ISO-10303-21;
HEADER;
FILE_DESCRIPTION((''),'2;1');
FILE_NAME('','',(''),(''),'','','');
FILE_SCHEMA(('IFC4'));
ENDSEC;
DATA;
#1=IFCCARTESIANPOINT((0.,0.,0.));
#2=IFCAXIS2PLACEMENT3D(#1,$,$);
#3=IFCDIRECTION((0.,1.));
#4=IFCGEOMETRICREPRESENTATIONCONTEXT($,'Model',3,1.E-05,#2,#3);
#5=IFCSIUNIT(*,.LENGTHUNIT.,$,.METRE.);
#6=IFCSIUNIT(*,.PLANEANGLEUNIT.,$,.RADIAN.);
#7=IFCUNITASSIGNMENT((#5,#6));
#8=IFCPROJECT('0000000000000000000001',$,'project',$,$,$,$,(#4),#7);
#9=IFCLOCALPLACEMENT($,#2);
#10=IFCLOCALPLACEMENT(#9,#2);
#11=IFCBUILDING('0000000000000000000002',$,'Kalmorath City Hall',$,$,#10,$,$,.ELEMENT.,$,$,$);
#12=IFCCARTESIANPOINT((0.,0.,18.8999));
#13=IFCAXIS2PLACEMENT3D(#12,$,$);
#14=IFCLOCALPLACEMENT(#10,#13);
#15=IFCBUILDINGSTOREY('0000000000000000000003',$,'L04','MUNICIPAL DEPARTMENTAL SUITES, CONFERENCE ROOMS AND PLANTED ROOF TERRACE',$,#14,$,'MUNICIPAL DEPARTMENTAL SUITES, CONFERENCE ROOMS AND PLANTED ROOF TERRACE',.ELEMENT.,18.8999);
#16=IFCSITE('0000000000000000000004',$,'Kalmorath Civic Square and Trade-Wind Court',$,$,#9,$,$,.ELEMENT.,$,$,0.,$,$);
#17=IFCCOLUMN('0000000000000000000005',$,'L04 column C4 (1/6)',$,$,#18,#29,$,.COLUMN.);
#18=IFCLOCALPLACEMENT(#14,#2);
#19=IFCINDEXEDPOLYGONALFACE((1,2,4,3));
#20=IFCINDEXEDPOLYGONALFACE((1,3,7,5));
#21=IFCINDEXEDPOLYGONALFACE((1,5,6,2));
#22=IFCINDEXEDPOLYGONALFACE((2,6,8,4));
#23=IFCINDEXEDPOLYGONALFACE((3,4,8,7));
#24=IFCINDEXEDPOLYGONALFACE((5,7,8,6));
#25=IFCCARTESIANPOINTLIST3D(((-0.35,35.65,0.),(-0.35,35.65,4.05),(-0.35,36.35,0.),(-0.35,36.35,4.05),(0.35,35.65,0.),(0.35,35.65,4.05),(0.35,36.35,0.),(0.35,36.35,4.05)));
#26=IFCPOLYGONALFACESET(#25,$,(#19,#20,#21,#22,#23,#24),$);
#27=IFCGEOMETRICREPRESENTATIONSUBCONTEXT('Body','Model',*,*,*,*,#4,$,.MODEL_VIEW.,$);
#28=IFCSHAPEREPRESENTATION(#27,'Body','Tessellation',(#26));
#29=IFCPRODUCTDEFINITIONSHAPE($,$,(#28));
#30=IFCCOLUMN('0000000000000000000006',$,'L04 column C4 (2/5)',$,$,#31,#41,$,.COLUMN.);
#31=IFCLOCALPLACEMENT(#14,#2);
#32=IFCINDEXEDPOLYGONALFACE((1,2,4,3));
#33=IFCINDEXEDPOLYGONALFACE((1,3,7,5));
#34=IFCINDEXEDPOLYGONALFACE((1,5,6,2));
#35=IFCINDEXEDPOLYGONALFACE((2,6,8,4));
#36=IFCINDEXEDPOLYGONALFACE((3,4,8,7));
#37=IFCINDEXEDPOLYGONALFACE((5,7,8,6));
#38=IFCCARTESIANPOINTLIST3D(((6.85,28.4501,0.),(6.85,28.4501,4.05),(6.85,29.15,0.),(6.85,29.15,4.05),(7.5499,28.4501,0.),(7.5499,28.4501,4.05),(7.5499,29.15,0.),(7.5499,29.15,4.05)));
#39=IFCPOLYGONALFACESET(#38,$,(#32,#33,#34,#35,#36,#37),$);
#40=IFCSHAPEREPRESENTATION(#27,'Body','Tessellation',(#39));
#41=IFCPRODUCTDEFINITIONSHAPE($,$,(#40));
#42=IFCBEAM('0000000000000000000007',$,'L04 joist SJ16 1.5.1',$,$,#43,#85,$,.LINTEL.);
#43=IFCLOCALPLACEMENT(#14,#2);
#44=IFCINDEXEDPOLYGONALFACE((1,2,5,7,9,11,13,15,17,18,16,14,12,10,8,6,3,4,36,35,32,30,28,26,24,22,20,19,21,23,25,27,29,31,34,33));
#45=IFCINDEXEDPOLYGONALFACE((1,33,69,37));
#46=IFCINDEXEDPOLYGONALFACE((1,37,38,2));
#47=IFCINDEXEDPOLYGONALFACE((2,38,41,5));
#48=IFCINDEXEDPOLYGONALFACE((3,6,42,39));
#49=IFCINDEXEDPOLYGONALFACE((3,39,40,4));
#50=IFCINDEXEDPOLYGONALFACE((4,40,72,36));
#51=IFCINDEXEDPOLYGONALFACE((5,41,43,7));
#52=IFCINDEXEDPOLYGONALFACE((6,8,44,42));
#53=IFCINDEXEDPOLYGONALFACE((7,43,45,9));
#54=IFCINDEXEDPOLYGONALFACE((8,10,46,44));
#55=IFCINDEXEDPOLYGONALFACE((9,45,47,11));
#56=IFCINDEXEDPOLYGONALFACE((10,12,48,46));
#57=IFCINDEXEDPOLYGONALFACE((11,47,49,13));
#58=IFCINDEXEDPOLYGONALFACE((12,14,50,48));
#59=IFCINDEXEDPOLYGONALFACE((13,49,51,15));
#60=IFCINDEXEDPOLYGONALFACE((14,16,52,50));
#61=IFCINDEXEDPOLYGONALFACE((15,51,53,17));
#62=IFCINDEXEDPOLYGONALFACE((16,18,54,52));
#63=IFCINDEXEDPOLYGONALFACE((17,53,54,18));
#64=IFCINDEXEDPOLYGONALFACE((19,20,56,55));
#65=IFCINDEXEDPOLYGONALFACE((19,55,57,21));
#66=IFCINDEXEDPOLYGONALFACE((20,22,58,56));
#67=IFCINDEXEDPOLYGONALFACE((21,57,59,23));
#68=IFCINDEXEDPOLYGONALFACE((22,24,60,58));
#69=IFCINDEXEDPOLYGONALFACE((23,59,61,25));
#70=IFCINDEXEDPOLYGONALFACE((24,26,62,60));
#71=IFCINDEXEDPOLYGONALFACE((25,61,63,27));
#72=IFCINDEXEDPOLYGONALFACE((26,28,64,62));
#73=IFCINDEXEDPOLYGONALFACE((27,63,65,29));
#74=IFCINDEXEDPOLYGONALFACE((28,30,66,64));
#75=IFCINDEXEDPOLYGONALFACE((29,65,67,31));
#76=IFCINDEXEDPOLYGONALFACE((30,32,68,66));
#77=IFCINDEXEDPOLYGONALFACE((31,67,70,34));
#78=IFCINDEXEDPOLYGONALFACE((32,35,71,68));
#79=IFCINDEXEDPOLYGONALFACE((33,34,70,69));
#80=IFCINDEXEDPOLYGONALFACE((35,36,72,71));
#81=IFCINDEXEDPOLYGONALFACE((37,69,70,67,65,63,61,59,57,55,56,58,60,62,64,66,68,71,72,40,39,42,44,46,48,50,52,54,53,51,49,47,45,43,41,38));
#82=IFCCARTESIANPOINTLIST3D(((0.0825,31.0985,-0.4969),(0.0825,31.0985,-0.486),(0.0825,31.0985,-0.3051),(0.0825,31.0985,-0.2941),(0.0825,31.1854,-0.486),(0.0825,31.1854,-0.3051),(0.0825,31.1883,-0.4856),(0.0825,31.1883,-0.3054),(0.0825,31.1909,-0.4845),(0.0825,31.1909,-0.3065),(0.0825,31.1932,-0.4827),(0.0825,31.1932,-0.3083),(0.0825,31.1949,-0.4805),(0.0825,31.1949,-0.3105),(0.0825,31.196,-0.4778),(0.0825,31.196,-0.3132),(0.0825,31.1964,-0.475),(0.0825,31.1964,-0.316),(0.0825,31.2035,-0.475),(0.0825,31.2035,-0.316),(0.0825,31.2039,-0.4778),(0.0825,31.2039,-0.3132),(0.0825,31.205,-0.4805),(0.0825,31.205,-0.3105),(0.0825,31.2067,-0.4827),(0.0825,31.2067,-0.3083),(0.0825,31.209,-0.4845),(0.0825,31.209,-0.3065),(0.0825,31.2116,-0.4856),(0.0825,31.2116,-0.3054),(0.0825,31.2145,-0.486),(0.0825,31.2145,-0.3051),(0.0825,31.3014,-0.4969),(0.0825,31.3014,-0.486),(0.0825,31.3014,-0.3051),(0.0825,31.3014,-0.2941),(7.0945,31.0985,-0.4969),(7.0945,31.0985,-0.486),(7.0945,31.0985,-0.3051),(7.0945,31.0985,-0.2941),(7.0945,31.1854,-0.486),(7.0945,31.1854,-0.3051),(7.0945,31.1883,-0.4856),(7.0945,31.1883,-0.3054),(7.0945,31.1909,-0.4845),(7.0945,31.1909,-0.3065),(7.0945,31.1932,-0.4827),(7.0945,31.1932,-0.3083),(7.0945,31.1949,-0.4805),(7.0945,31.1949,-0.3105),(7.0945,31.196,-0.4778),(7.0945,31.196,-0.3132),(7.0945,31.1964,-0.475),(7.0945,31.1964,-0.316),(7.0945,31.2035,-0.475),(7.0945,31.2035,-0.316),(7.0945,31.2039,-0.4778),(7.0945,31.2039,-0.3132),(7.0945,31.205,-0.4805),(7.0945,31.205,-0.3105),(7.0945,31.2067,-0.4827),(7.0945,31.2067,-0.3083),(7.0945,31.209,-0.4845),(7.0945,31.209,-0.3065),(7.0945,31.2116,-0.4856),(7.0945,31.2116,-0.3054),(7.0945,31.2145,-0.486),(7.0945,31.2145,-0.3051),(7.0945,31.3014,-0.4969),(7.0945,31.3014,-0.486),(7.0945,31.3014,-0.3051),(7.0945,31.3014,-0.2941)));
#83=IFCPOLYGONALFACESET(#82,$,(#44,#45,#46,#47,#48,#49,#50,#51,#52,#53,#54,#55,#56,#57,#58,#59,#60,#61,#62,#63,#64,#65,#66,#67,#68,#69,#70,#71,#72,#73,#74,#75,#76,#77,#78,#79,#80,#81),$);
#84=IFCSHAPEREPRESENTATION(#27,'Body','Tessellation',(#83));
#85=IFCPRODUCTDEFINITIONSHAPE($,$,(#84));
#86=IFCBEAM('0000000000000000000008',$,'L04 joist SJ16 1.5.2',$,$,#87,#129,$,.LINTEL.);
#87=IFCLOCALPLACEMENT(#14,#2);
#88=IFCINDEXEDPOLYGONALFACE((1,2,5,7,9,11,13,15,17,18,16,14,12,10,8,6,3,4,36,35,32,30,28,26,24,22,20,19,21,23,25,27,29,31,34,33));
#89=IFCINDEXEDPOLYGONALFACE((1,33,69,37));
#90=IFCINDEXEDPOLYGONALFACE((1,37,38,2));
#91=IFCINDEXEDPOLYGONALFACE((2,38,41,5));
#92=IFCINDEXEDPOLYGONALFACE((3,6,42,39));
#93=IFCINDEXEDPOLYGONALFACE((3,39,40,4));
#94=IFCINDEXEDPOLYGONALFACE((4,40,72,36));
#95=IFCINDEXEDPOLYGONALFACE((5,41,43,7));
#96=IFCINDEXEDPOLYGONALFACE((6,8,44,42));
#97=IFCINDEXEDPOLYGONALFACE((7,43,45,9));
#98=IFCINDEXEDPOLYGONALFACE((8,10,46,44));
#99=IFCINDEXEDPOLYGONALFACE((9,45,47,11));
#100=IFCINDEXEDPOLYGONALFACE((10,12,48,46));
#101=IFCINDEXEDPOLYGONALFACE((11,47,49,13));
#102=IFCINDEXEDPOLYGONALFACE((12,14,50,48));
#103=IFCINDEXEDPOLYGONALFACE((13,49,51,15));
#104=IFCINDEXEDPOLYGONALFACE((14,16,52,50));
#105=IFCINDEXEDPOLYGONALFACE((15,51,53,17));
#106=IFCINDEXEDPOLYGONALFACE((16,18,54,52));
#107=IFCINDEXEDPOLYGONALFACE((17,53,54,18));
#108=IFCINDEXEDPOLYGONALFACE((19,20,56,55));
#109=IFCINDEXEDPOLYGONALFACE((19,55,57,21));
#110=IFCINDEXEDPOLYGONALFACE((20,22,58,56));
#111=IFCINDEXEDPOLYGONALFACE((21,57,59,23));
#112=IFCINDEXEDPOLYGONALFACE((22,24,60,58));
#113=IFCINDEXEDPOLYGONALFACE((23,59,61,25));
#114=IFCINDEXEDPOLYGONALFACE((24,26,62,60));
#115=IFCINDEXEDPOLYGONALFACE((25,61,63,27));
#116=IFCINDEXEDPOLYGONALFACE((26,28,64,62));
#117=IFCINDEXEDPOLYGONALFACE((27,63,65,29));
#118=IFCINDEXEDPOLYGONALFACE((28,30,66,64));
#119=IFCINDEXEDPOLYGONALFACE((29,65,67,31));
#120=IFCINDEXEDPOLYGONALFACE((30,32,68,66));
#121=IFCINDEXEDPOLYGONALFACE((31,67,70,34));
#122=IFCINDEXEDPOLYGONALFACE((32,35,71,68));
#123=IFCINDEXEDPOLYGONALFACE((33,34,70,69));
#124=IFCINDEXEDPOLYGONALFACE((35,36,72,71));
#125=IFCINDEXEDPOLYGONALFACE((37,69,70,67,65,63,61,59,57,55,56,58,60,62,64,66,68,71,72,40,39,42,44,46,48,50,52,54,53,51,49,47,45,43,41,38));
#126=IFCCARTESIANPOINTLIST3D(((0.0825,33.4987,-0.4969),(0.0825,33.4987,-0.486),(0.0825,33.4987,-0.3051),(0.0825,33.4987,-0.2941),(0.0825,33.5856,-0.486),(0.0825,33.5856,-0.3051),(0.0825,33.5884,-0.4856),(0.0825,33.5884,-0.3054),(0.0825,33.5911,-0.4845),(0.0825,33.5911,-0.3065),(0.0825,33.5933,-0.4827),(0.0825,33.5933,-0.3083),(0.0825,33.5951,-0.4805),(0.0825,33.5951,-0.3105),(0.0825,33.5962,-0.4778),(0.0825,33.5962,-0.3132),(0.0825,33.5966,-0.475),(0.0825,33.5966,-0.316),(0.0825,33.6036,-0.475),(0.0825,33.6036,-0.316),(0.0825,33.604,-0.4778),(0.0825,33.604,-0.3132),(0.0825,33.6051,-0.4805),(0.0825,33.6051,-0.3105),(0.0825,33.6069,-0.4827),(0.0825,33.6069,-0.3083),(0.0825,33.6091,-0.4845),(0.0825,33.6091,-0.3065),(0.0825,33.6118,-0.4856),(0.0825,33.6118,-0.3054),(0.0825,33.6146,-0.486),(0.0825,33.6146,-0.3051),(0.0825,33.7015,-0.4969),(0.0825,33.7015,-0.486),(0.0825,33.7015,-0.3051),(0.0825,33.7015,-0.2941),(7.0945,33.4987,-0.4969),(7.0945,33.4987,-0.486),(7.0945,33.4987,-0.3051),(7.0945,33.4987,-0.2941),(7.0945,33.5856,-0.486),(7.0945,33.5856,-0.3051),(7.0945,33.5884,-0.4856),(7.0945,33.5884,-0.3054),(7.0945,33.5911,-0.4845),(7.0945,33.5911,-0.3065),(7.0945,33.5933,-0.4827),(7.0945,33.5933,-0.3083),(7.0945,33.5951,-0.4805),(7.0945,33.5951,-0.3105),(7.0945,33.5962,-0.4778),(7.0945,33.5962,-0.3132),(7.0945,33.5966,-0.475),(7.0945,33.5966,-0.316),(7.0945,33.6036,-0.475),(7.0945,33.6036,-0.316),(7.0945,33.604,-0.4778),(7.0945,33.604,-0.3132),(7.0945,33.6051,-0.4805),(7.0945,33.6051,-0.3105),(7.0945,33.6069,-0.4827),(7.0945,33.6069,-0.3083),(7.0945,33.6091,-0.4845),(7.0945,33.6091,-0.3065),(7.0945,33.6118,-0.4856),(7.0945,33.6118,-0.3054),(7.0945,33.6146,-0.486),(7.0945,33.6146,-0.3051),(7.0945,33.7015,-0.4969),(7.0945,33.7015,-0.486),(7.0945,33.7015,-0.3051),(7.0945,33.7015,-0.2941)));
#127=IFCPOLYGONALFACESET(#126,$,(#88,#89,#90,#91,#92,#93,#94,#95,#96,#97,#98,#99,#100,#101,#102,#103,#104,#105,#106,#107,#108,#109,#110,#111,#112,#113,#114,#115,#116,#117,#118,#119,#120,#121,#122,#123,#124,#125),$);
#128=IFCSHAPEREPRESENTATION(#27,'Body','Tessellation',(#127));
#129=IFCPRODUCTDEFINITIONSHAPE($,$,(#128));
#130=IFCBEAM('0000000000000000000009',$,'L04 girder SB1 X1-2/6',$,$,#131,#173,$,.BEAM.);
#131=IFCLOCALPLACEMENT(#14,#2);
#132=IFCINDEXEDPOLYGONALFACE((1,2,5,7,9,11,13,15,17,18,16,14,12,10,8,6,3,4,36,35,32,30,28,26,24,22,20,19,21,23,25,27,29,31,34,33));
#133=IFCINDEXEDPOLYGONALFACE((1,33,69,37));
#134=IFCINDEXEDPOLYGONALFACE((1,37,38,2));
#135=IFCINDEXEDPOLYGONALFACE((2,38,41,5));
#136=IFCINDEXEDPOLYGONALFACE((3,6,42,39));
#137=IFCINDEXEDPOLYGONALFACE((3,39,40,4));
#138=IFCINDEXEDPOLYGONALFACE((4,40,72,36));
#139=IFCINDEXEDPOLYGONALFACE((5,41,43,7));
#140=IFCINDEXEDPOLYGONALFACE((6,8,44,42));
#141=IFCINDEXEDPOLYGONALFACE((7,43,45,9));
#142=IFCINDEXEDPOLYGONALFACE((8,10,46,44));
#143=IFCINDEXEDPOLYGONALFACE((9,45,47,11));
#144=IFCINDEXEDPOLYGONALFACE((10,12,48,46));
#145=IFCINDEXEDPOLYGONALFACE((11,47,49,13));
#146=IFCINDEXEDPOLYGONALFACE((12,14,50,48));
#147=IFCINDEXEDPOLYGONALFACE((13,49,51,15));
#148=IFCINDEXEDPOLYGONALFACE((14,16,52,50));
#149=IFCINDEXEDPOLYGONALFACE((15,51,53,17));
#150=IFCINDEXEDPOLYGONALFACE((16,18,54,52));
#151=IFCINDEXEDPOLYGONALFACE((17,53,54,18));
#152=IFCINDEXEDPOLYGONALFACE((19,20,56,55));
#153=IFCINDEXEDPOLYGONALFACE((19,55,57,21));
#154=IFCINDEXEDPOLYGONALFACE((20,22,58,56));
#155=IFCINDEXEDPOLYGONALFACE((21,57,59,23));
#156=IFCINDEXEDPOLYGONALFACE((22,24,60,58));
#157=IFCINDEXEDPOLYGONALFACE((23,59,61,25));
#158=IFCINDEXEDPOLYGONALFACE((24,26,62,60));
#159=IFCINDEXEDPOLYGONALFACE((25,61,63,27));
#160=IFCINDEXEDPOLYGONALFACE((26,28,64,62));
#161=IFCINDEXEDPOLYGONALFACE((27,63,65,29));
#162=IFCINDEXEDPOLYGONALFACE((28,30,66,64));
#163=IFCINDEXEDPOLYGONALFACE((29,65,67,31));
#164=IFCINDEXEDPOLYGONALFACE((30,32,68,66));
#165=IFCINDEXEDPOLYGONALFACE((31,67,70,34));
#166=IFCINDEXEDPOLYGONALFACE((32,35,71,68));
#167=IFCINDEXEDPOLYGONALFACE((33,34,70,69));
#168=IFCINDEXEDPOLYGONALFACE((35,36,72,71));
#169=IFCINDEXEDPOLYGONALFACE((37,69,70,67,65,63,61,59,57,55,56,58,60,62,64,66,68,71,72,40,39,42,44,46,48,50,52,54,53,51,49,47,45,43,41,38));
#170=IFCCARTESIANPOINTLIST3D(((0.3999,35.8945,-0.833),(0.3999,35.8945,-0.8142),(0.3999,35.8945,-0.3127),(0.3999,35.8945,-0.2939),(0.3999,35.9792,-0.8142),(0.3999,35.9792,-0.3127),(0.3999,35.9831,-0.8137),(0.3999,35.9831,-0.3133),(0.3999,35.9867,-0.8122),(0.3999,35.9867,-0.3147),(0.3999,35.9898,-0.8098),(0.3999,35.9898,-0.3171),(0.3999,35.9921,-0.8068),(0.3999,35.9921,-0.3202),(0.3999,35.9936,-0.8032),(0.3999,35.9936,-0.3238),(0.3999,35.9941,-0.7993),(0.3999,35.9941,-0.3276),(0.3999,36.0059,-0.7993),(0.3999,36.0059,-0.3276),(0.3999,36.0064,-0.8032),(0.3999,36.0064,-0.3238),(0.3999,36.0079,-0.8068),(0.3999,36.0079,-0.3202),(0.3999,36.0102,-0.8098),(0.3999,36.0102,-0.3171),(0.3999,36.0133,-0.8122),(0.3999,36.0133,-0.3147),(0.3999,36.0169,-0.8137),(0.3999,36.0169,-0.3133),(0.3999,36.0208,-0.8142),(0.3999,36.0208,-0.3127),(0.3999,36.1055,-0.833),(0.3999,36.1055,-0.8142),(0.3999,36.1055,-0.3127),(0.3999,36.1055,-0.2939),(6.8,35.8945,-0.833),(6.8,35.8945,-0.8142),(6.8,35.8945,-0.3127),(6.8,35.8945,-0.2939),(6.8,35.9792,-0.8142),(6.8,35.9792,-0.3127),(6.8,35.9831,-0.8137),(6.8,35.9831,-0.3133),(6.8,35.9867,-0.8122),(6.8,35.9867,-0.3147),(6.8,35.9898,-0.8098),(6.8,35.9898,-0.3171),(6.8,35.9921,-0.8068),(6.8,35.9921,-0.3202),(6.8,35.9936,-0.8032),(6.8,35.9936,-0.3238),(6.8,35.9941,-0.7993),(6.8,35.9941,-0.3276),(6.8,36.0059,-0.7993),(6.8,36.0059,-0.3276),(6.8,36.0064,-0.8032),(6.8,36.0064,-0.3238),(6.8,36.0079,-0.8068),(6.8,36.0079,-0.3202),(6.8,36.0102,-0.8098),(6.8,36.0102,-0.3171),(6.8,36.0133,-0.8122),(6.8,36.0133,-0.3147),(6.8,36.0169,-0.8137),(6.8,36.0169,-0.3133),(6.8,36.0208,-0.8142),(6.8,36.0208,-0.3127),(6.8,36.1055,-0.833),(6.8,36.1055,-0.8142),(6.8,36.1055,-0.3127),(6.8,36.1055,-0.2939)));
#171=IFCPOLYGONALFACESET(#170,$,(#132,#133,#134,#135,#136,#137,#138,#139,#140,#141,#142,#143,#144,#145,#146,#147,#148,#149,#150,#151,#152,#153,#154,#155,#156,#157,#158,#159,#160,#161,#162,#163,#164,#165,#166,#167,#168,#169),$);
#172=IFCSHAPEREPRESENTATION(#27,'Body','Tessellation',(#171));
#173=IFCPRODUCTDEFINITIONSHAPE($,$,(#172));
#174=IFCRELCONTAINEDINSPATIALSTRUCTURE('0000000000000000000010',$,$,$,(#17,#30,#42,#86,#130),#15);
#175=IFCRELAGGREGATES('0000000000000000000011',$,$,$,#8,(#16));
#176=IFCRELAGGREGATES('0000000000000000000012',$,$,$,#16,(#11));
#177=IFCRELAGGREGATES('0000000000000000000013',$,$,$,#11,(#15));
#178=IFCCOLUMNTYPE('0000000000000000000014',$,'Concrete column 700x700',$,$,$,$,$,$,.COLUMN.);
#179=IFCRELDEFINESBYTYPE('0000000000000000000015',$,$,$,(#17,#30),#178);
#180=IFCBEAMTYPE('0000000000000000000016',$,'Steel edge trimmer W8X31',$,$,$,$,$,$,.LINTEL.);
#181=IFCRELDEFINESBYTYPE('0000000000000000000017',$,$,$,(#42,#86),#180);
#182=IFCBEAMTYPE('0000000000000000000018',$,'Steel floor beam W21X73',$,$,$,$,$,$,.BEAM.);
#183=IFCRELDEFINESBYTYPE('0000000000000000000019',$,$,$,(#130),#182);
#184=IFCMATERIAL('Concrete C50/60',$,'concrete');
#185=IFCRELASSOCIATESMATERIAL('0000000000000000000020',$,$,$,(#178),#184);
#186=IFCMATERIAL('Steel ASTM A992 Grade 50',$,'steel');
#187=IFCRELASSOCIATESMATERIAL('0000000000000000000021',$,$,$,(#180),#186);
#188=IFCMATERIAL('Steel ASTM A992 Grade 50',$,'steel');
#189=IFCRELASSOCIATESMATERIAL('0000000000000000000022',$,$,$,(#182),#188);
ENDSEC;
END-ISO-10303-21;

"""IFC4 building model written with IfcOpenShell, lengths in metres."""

from ifc_helpers import new_model, si_unit, direction, frame, origin, origin_2d, place, context, subcontext, project, spatial, rectangle, i_section, extrude, material, material_profile, profile_set, type_object, element, save


model = new_model("IFC4")

# Units and contexts
model_context = context("Model", 3, precision=1e-05, world=origin(), true_north=direction((0.0, 1.0)))
body_context = subcontext(model_context, "Body", "Model", "MODEL_VIEW")
ifc_project = project(units=[si_unit("LENGTHUNIT", "METRE"), si_unit("PLANEANGLEUNIT", "RADIAN")], contexts=[model_context])

# Site, building, storey
site_placement = place(None, origin())
site = spatial("IfcSite", under=ifc_project, at=site_placement, Name="Kalmorath Civic Square and Trade-Wind Court", CompositionType="ELEMENT", RefElevation=0.0)
building_placement = place(site_placement, origin())
building = spatial("IfcBuilding", under=site, at=building_placement, Name="Kalmorath City Hall", CompositionType="ELEMENT")
storey_placement = place(building_placement, frame((0.0, 0.0, 18.8999)))
storey = spatial("IfcBuildingStorey", under=building, at=storey_placement, Name="L04", Description="MUNICIPAL DEPARTMENTAL SUITES, CONFERENCE ROOMS AND PLANTED ROOF TERRACE", LongName="MUNICIPAL DEPARTMENTAL SUITES, CONFERENCE ROOMS AND PLANTED ROOF TERRACE", CompositionType="ELEMENT", Elevation=18.8999)

# Columns
ifc_material_1 = material(Name="Concrete C50/60", Category="concrete")
ifc_material_profile_1 = material_profile(ifc_material_1, rectangle(XDim=0.7, YDim=0.7, at=origin_2d()), Name="RC-COL-700X700")
ifc_profile_set_1 = profile_set([ifc_material_profile_1], Name="Concrete C50/60")
column_type = type_object("IfcColumnType", Name="Concrete column 700x700", PredefinedType="COLUMN", material=ifc_profile_set_1)
for number, where, z_axis, x_axis, name in (
    (1, (0.0, 36.0, 0.0), (0.0, 0.0, 1.0), (1.0, 0.0, 0.0), "L04 column C4 (1/6)"),
    (2, (7.2, 28.8, 0.0), (0.0, 0.0, 1.0), (1.0, 0.0, 0.0), "L04 column C4 (2/5)"),
):
    element("IfcColumn", number, at=place(storey_placement, frame(where, z_axis=z_axis, x_axis=x_axis)), inside=storey, type_object=column_type, Name=name, PredefinedType="COLUMN", context=body_context, shape_type="SweptSolid", body=[
        extrude(rectangle(XDim=0.7, YDim=0.7, at=origin_2d()), origin(), (0.0, 0.0, 1.0), 4.05),
    ])

# Beams
ifc_material_2 = material(Name="Steel ASTM A992 Grade 50", Category="steel")
ifc_material_profile_2 = material_profile(ifc_material_2, i_section(OverallWidth=0.2029, OverallDepth=0.2029, WebThickness=0.0071, FlangeThickness=0.011, FilletRadius=0.011, at=origin_2d()), Name="W8X31")
ifc_profile_set_2 = profile_set([ifc_material_profile_2], Name="Steel ASTM A992 Grade 50")
beam_type_1 = type_object("IfcBeamType", Name="Steel edge trimmer W8X31", PredefinedType="LINTEL", material=ifc_profile_set_2)
for number, where, z_axis, x_axis, name in (
    (3, (0.0825, 31.2, -0.3955), (1.0, 0.0, 0.0), (0.0, 1.0, 0.0), "L04 joist SJ16 1.5.1"),
    (4, (0.0825, 33.6001, -0.3955), (1.0, 0.0, 0.0), (0.0, 1.0, 0.0), "L04 joist SJ16 1.5.2"),
):
    element("IfcBeam", number, at=place(storey_placement, frame(where, z_axis=z_axis, x_axis=x_axis)), inside=storey, type_object=beam_type_1, Name=name, PredefinedType="LINTEL", context=body_context, shape_type="SweptSolid", body=[
        extrude(i_section(OverallWidth=0.2029, OverallDepth=0.2029, WebThickness=0.0071, FlangeThickness=0.011, FilletRadius=0.011, at=origin_2d()), origin(), (0.0, 0.0, 1.0), 7.012),
    ])
ifc_material_3 = material(Name="Steel ASTM A992 Grade 50", Category="steel")
ifc_material_profile_3 = material_profile(ifc_material_3, i_section(OverallWidth=0.2109, OverallDepth=0.5391, WebThickness=0.0117, FlangeThickness=0.0188, FilletRadius=0.0149, at=origin_2d()), Name="W21X73")
ifc_profile_set_3 = profile_set([ifc_material_profile_3], Name="Steel ASTM A992 Grade 50")
beam_type_2 = type_object("IfcBeamType", Name="Steel floor beam W21X73", PredefinedType="BEAM", material=ifc_profile_set_3)
for number, where, z_axis, x_axis, name in (
    (5, (0.3999, 36.0, -0.5635), (1.0, 0.0, 0.0), (0.0, 1.0, 0.0), "L04 girder SB1 X1-2/6"),
):
    element("IfcBeam", number, at=place(storey_placement, frame(where, z_axis=z_axis, x_axis=x_axis)), inside=storey, type_object=beam_type_2, Name=name, PredefinedType="BEAM", context=body_context, shape_type="SweptSolid", body=[
        extrude(i_section(OverallWidth=0.2109, OverallDepth=0.5391, WebThickness=0.0117, FlangeThickness=0.0188, FilletRadius=0.0149, at=origin_2d()), origin(), (0.0, 0.0, 1.0), 6.4001),
    ])

save(model, "model.ifc")
